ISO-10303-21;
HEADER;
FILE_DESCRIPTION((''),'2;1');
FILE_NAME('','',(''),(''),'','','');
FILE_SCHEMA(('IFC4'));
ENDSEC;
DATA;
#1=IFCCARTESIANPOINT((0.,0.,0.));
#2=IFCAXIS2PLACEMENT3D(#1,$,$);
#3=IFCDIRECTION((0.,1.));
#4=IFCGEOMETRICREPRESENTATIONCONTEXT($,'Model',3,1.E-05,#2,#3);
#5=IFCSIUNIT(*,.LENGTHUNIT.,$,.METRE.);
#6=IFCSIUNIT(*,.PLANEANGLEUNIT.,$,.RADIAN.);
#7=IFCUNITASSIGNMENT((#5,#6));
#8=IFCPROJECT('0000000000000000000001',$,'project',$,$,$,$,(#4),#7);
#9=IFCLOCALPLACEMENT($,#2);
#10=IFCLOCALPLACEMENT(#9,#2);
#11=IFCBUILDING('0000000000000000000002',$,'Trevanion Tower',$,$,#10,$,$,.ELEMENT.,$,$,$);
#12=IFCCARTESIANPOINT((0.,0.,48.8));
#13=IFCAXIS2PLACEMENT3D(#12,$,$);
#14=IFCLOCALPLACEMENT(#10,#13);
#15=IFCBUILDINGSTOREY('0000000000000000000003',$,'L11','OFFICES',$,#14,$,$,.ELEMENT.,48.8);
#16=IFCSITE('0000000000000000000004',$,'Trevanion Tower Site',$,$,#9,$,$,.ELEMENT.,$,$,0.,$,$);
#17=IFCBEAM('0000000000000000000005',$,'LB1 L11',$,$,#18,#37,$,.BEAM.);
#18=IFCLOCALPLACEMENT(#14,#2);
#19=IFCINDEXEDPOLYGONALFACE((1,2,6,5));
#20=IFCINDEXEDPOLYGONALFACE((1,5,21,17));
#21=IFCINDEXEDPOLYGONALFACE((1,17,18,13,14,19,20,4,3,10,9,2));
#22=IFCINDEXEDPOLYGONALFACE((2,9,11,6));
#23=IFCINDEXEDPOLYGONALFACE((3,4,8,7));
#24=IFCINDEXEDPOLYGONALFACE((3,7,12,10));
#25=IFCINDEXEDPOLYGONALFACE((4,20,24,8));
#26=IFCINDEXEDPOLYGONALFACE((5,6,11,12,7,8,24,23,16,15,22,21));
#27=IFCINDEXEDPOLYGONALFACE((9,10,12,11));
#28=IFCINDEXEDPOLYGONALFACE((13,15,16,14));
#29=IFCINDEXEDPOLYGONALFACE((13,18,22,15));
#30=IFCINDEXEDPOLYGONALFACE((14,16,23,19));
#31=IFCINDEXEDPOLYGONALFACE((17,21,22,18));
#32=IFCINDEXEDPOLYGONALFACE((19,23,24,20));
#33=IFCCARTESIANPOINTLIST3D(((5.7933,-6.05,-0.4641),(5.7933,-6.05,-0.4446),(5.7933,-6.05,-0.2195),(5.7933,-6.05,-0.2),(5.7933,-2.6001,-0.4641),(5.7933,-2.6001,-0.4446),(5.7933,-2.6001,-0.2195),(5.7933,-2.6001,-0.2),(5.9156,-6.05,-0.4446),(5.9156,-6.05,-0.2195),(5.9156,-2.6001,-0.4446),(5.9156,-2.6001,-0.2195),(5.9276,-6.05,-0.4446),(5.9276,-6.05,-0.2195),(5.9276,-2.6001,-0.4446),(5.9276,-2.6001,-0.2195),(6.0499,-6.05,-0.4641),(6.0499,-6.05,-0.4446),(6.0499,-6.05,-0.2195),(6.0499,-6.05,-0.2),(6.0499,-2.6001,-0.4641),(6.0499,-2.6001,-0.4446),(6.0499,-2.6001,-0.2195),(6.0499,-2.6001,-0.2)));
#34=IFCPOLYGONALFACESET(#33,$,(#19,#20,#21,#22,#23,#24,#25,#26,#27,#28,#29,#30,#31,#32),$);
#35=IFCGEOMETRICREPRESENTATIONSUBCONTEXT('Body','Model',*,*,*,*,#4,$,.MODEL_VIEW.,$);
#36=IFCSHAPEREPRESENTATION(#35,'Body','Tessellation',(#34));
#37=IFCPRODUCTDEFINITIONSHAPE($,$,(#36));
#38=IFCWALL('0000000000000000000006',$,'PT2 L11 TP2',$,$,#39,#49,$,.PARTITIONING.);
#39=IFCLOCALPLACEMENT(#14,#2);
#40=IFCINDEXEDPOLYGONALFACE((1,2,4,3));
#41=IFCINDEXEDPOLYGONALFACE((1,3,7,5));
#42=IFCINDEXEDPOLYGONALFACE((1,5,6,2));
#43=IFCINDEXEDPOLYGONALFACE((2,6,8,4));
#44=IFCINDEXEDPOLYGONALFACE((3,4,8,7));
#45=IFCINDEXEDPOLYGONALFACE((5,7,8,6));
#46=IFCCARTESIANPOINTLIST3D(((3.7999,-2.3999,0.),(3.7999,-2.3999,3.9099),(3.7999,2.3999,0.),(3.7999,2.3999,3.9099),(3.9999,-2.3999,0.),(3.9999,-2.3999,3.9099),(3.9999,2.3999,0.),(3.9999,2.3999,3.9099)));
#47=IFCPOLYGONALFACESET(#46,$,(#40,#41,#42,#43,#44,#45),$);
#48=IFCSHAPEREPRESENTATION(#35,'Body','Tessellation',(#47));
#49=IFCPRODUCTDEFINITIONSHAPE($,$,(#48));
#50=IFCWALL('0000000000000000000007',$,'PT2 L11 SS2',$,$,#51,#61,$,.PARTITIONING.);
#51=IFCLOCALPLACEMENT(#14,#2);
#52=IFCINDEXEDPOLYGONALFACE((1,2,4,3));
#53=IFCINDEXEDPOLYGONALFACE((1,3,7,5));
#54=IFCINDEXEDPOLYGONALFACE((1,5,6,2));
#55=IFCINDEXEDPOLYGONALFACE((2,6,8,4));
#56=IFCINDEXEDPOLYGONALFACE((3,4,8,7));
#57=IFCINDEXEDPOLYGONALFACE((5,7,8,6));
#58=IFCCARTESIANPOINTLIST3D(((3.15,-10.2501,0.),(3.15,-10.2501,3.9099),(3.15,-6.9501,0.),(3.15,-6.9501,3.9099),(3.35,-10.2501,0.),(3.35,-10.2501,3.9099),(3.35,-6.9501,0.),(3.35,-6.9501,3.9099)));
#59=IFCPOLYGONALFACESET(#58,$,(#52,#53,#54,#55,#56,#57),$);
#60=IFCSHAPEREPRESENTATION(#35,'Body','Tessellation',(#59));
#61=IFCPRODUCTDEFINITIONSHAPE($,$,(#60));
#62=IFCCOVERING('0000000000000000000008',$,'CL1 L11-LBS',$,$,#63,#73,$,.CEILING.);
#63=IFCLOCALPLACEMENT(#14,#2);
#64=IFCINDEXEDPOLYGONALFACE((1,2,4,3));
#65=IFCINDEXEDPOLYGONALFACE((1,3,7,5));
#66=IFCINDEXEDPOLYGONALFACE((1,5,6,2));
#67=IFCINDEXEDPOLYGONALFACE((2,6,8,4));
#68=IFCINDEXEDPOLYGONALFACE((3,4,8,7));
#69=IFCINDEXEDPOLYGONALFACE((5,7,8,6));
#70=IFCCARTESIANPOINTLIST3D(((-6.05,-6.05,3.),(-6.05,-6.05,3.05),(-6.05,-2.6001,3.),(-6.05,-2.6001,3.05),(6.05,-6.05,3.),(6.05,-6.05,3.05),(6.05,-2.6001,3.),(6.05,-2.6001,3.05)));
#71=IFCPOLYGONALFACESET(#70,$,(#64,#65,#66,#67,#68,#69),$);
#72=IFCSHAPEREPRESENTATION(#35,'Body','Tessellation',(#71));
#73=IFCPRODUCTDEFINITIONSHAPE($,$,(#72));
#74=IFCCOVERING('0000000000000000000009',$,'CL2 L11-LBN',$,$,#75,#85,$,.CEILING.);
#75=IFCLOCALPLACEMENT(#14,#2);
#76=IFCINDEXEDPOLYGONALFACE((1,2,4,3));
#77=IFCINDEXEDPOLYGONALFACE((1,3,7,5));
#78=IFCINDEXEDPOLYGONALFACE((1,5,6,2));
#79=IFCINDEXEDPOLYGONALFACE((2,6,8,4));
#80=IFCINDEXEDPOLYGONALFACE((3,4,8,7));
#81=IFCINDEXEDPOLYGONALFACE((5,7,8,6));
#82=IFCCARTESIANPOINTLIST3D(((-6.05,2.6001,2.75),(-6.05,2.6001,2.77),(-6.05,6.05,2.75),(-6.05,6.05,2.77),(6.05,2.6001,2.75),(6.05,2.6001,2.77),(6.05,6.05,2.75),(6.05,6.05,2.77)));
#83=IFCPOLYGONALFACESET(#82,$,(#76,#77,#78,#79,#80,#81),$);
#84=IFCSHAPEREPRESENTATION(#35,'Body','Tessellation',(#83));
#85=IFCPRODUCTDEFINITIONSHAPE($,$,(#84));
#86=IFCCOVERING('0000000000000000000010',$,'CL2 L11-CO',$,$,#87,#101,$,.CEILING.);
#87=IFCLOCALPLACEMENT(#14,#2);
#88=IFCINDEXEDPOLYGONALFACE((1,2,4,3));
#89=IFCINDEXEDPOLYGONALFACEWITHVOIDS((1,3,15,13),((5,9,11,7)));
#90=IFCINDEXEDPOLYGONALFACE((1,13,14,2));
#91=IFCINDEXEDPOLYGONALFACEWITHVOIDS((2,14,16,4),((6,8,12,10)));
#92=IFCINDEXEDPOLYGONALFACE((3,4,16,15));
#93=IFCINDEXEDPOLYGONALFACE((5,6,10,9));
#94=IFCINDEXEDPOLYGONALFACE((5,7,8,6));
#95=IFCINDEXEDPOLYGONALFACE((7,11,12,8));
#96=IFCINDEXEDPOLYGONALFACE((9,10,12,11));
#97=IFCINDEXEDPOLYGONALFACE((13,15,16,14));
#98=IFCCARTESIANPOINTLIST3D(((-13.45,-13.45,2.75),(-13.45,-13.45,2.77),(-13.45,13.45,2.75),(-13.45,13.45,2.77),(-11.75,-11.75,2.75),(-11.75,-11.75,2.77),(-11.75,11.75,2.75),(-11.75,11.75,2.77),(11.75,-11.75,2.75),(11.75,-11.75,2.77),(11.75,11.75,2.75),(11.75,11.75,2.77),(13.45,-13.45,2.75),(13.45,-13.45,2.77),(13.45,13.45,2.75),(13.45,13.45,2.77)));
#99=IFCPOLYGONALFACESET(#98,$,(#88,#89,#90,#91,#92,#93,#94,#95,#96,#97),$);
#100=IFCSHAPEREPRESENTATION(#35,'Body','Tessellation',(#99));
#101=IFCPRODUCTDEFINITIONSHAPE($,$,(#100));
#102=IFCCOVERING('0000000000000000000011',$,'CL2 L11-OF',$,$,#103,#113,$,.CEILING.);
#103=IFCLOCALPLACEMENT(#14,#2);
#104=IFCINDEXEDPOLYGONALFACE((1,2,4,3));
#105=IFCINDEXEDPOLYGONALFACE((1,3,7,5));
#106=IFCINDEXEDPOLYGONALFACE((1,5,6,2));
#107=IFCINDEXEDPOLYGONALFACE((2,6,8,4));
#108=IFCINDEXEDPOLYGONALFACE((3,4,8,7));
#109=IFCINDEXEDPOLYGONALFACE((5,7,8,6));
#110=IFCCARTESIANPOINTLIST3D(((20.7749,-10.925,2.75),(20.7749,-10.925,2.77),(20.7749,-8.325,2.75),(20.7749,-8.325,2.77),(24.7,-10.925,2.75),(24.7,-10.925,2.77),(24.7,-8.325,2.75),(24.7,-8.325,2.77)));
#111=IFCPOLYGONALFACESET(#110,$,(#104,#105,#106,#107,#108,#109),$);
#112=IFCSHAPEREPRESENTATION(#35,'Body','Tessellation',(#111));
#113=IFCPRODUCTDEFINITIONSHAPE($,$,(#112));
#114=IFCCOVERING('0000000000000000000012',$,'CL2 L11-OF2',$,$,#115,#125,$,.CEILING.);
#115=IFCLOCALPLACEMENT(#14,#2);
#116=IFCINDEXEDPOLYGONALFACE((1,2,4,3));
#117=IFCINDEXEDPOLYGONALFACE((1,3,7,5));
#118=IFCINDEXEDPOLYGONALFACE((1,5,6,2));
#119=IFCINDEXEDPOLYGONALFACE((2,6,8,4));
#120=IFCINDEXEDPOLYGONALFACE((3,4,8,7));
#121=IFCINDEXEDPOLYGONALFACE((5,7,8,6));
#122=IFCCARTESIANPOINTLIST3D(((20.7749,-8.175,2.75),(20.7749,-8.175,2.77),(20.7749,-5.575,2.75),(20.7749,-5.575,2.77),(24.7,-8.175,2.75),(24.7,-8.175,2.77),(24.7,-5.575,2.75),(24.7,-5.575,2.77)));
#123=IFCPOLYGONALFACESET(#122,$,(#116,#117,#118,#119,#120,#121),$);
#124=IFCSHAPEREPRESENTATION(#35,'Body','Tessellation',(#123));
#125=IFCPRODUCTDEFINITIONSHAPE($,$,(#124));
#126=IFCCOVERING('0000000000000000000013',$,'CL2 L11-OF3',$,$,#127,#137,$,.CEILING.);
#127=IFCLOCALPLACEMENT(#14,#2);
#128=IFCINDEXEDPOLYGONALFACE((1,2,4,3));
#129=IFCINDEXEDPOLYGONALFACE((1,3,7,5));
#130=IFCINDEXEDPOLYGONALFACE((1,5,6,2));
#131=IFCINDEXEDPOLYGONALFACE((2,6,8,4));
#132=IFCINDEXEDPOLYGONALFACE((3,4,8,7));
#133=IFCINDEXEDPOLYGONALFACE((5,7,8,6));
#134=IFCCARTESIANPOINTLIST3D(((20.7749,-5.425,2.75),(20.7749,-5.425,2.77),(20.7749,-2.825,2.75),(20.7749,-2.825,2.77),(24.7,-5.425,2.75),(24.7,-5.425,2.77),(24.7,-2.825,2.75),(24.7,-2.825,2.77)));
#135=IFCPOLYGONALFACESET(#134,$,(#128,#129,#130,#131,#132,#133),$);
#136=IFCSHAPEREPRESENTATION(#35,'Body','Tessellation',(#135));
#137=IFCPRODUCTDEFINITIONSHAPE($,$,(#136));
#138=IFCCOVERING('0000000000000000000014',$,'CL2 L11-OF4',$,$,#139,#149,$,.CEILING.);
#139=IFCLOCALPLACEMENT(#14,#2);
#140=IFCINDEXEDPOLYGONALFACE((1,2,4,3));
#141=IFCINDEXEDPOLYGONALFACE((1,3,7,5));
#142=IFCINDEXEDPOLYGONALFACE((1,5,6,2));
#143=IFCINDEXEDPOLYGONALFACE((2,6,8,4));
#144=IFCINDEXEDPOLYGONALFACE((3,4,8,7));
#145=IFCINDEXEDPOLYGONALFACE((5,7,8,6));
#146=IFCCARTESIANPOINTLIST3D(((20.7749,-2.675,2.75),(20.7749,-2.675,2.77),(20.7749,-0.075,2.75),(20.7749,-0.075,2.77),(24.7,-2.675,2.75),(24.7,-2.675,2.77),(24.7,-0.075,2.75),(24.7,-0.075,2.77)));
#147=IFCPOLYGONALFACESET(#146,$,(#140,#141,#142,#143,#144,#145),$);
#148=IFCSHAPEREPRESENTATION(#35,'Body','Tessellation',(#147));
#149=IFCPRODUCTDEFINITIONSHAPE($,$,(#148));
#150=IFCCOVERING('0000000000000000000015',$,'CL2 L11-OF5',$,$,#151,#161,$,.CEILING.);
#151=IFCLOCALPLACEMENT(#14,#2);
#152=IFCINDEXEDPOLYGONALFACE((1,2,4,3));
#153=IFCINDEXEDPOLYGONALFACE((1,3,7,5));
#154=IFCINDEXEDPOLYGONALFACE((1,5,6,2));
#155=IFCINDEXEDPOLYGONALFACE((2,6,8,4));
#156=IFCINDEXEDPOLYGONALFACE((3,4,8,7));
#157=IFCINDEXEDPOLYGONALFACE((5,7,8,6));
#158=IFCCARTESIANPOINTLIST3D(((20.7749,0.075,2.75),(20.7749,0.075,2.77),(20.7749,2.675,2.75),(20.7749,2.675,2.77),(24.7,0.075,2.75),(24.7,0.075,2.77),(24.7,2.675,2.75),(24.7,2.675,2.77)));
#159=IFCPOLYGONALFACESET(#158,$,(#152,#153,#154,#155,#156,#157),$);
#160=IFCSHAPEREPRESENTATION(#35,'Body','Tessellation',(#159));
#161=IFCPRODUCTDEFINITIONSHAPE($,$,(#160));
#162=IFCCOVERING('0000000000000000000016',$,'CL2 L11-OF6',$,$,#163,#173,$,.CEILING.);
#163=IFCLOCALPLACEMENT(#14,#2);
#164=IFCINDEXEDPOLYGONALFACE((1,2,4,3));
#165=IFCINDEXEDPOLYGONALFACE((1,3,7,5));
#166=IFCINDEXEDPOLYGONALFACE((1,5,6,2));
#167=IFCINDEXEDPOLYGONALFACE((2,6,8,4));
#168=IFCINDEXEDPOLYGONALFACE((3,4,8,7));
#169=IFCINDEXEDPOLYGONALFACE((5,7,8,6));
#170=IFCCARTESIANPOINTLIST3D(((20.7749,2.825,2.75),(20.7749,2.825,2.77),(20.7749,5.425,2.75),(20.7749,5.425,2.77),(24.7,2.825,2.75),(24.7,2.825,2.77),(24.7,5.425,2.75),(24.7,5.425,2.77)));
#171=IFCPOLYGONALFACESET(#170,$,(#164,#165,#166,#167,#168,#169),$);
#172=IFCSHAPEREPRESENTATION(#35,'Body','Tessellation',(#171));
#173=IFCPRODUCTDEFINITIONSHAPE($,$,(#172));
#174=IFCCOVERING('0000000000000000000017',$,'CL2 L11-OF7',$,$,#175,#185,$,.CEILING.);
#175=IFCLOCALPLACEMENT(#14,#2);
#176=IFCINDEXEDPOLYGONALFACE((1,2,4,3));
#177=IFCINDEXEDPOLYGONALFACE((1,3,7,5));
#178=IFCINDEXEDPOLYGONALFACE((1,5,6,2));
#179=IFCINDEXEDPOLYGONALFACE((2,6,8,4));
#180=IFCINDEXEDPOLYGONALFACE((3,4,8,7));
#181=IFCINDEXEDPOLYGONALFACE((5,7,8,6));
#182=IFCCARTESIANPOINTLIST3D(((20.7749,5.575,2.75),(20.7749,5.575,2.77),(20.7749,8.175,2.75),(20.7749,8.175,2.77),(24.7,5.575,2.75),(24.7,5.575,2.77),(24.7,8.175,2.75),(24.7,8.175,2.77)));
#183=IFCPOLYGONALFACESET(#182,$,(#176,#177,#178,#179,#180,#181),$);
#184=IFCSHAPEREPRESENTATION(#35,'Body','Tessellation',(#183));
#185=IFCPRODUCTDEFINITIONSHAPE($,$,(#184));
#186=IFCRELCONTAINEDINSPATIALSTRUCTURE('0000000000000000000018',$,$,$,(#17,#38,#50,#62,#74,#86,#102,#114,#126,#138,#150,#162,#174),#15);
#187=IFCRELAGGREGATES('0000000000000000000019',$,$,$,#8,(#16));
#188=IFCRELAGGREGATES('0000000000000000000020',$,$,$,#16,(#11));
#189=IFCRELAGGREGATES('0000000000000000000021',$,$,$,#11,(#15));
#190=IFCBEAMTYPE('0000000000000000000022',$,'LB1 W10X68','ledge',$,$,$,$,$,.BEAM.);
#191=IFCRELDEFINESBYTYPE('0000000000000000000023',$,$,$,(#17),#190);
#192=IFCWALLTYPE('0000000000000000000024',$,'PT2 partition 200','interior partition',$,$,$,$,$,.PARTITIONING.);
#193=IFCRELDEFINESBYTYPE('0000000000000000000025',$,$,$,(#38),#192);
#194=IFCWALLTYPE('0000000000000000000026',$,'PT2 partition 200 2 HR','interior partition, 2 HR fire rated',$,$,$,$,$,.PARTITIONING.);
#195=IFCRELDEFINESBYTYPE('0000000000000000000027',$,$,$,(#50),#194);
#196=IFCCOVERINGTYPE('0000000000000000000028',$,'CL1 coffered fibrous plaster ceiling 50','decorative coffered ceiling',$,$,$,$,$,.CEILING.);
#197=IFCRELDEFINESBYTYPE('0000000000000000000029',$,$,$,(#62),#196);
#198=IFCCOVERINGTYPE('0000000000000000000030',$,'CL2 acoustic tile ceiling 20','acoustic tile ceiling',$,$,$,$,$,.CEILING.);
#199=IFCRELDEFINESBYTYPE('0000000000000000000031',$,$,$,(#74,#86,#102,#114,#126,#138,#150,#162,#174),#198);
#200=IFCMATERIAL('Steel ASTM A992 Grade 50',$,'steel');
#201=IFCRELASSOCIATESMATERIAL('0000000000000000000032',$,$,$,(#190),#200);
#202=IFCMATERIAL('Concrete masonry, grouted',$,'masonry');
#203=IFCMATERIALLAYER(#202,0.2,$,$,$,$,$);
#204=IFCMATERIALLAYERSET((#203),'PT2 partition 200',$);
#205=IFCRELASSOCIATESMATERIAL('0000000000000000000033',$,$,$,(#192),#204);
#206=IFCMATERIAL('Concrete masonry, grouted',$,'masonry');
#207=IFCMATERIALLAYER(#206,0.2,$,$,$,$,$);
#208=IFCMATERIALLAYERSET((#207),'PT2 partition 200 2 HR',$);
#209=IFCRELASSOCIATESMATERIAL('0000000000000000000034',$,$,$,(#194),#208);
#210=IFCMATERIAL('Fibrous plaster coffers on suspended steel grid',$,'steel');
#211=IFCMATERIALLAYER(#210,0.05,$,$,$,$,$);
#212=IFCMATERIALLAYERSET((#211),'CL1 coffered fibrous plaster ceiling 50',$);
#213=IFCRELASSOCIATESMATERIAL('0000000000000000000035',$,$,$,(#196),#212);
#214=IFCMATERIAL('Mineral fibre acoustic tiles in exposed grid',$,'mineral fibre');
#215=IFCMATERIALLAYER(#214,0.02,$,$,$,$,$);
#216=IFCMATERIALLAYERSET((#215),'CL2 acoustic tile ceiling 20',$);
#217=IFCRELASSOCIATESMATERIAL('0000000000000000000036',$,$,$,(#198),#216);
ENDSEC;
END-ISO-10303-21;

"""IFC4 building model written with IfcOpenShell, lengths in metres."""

from ifc_helpers import new_model, si_unit, direction, frame, frame_2d, origin, origin_2d, place, context, subcontext, project, spatial, polyline, rectangle, i_section, outline, extrude, material, layer, layer_set, material_profile, profile_set, type_object, element, save


model = new_model("IFC4")

# Units and contexts
model_context = context("Model", 3, precision=1e-05, world=origin(), true_north=direction((0.0, 1.0)))
body_context = subcontext(model_context, "Body", "Model", "MODEL_VIEW")
ifc_project = project(units=[si_unit("LENGTHUNIT", "METRE"), si_unit("PLANEANGLEUNIT", "RADIAN")], contexts=[model_context])

# Site, building, storey
site_placement = place(None, origin())
site = spatial("IfcSite", under=ifc_project, at=site_placement, Name="Trevanion Tower Site", CompositionType="ELEMENT", RefElevation=0.0)
building_placement = place(site_placement, origin())
building = spatial("IfcBuilding", under=site, at=building_placement, Name="Trevanion Tower", CompositionType="ELEMENT")
storey_placement = place(building_placement, frame((0.0, 0.0, 48.8)))
storey = spatial("IfcBuildingStorey", under=building, at=storey_placement, Name="L11", Description="OFFICES", CompositionType="ELEMENT", Elevation=48.8)

# Beam
ifc_material_1 = material(Name="Steel ASTM A992 Grade 50", Category="steel")
ifc_material_profile = material_profile(ifc_material_1, i_section(OverallWidth=0.2566, OverallDepth=0.2642, WebThickness=0.012, FlangeThickness=0.0195, at=origin_2d()), Name="W10X68")
ifc_profile_set = profile_set([ifc_material_profile], Name="Steel ASTM A992 Grade 50")
beam_type = type_object("IfcBeamType", Name="LB1 W10X68", Description="ledge", PredefinedType="BEAM", material=ifc_profile_set)
beam_placement = place(storey_placement, frame((5.9216, -6.05, -0.332), z_axis=(0.0, 1.0, 0.0), x_axis=(-1.0, 0.0, 0.0)))
element("IfcBeam", 1, at=beam_placement, inside=storey, type_object=beam_type, Name="LB1 L11", PredefinedType="BEAM", context=body_context, shape_type="SweptSolid", body=[
    extrude(i_section(OverallWidth=0.2566, OverallDepth=0.2642, WebThickness=0.012, FlangeThickness=0.0195, at=origin_2d()), origin(), (0.0, 0.0, 1.0), 3.45),
])

# Walls
ifc_material_2 = material(Name="Concrete masonry, grouted", Category="masonry")
ifc_layer_1 = layer(ifc_material_2, 0.2)
ifc_layer_set_1 = layer_set([ifc_layer_1], Name="PT2 partition 200")
wall_type_1 = type_object("IfcWallType", Name="PT2 partition 200", Description="interior partition", PredefinedType="PARTITIONING", material=ifc_layer_set_1)
wall_1_placement = place(storey_placement, frame((3.8999, -2.3999, 0.0), z_axis=(0.0, 0.0, 1.0), x_axis=(0.0, 1.0, 0.0)))
element("IfcWall", 2, at=wall_1_placement, inside=storey, type_object=wall_type_1, Name="PT2 L11 TP2", PredefinedType="PARTITIONING", context=body_context, shape_type="SweptSolid", body=[
    extrude(rectangle(XDim=4.7998, YDim=0.2, at=frame_2d((2.3999, 0.0))), origin(), (0.0, 0.0, 1.0), 3.9099),
])
ifc_material_3 = material(Name="Concrete masonry, grouted", Category="masonry")
ifc_layer_2 = layer(ifc_material_3, 0.2)
ifc_layer_set_2 = layer_set([ifc_layer_2], Name="PT2 partition 200 2 HR")
wall_type_2 = type_object("IfcWallType", Name="PT2 partition 200 2 HR", Description="interior partition, 2 HR fire rated", PredefinedType="PARTITIONING", material=ifc_layer_set_2)
wall_2_placement = place(storey_placement, frame((3.25, -10.25, 0.0), z_axis=(0.0, 0.0, 1.0), x_axis=(0.0, 1.0, 0.0)))
element("IfcWall", 3, at=wall_2_placement, inside=storey, type_object=wall_type_2, Name="PT2 L11 SS2", PredefinedType="PARTITIONING", context=body_context, shape_type="SweptSolid", body=[
    extrude(rectangle(XDim=3.3, YDim=0.2, at=frame_2d((1.6499, 0.0))), origin(), (0.0, 0.0, 1.0), 3.9099),
])

# Coverings
ifc_material_4 = material(Name="Fibrous plaster coffers on suspended steel grid", Category="steel")
ifc_layer_3 = layer(ifc_material_4, 0.05)
ifc_layer_set_3 = layer_set([ifc_layer_3], Name="CL1 coffered fibrous plaster ceiling 50")
covering_type_1 = type_object("IfcCoveringType", Name="CL1 coffered fibrous plaster ceiling 50", Description="decorative coffered ceiling", PredefinedType="CEILING", material=ifc_layer_set_3)
covering_1_placement = place(storey_placement, frame((0.0, 0.0, 3.0)))
element("IfcCovering", 4, at=covering_1_placement, inside=storey, type_object=covering_type_1, Name="CL1 L11-LBS", PredefinedType="CEILING", context=body_context, shape_type="SweptSolid", body=[
    extrude(outline(polyline([(6.05, -6.05), (6.05, -2.6001), (-6.05, -2.6001), (-6.05, -6.05), (6.05, -6.05)])), origin(), (0.0, 0.0, 1.0), 0.05),
])
ifc_material_5 = material(Name="Mineral fibre acoustic tiles in exposed grid", Category="mineral fibre")
ifc_layer_4 = layer(ifc_material_5, 0.02)
ifc_layer_set_4 = layer_set([ifc_layer_4], Name="CL2 acoustic tile ceiling 20")
covering_type_2 = type_object("IfcCoveringType", Name="CL2 acoustic tile ceiling 20", Description="acoustic tile ceiling", PredefinedType="CEILING", material=ifc_layer_set_4)
covering_2_placement = place(storey_placement, frame((0.0, 0.0, 2.75)))
element("IfcCovering", 5, at=covering_2_placement, inside=storey, type_object=covering_type_2, Name="CL2 L11-LBN", PredefinedType="CEILING", context=body_context, shape_type="SweptSolid", body=[
    extrude(outline(polyline([(6.05, 2.6001), (6.05, 6.05), (-6.05, 6.05), (-6.05, 2.6001), (6.05, 2.6001)])), origin(), (0.0, 0.0, 1.0), 0.02),
])
covering_3_placement = place(storey_placement, frame((0.0, 0.0, 2.75)))
element("IfcCovering", 6, at=covering_3_placement, inside=storey, type_object=covering_type_2, Name="CL2 L11-CO", PredefinedType="CEILING", context=body_context, shape_type="SweptSolid", body=[
    extrude(outline(polyline([(-13.45, 13.45), (13.45, 13.45), (13.45, -13.45), (-13.45, -13.45), (-13.45, 13.45)]), holes=[polyline([(-11.75, 11.75), (-11.75, -11.75), (11.75, -11.75), (11.75, 11.75), (-11.75, 11.75)])]), origin(), (0.0, 0.0, 1.0), 0.02),
])
covering_4_placement = place(storey_placement, frame((0.0, 0.0, 2.75)))
element("IfcCovering", 7, at=covering_4_placement, inside=storey, type_object=covering_type_2, Name="CL2 L11-OF", PredefinedType="CEILING", context=body_context, shape_type="SweptSolid", body=[
    extrude(outline(polyline([(20.7749, -10.925), (20.7749, -8.325), (24.7, -8.325), (24.7, -10.925), (20.7749, -10.925)])), origin(), (0.0, 0.0, 1.0), 0.02),
])
covering_5_placement = place(storey_placement, frame((0.0, 0.0, 2.75)))
element("IfcCovering", 8, at=covering_5_placement, inside=storey, type_object=covering_type_2, Name="CL2 L11-OF2", PredefinedType="CEILING", context=body_context, shape_type="SweptSolid", body=[
    extrude(outline(polyline([(20.7749, -8.175), (20.7749, -5.575), (24.7, -5.575), (24.7, -8.175), (20.7749, -8.175)])), origin(), (0.0, 0.0, 1.0), 0.02),
])
covering_6_placement = place(storey_placement, frame((0.0, 0.0, 2.75)))
element("IfcCovering", 9, at=covering_6_placement, inside=storey, type_object=covering_type_2, Name="CL2 L11-OF3", PredefinedType="CEILING", context=body_context, shape_type="SweptSolid", body=[
    extrude(outline(polyline([(20.7749, -5.425), (20.7749, -2.825), (24.7, -2.825), (24.7, -5.425), (20.7749, -5.425)])), origin(), (0.0, 0.0, 1.0), 0.02),
])
covering_7_placement = place(storey_placement, frame((0.0, 0.0, 2.75)))
element("IfcCovering", 10, at=covering_7_placement, inside=storey, type_object=covering_type_2, Name="CL2 L11-OF4", PredefinedType="CEILING", context=body_context, shape_type="SweptSolid", body=[
    extrude(outline(polyline([(20.7749, -2.675), (20.7749, -0.075), (24.7, -0.075), (24.7, -2.675), (20.7749, -2.675)])), origin(), (0.0, 0.0, 1.0), 0.02),
])
covering_8_placement = place(storey_placement, frame((0.0, 0.0, 2.75)))
element("IfcCovering", 11, at=covering_8_placement, inside=storey, type_object=covering_type_2, Name="CL2 L11-OF5", PredefinedType="CEILING", context=body_context, shape_type="SweptSolid", body=[
    extrude(outline(polyline([(20.7749, 0.075), (20.7749, 2.675), (24.7, 2.675), (24.7, 0.075), (20.7749, 0.075)])), origin(), (0.0, 0.0, 1.0), 0.02),
])
covering_9_placement = place(storey_placement, frame((0.0, 0.0, 2.75)))
element("IfcCovering", 12, at=covering_9_placement, inside=storey, type_object=covering_type_2, Name="CL2 L11-OF6", PredefinedType="CEILING", context=body_context, shape_type="SweptSolid", body=[
    extrude(outline(polyline([(20.7749, 2.825), (20.7749, 5.425), (24.7, 5.425), (24.7, 2.825), (20.7749, 2.825)])), origin(), (0.0, 0.0, 1.0), 0.02),
])
covering_10_placement = place(storey_placement, frame((0.0, 0.0, 2.75)))
element("IfcCovering", 13, at=covering_10_placement, inside=storey, type_object=covering_type_2, Name="CL2 L11-OF7", PredefinedType="CEILING", context=body_context, shape_type="SweptSolid", body=[
    extrude(outline(polyline([(20.7749, 5.575), (20.7749, 8.175), (24.7, 8.175), (24.7, 5.575), (20.7749, 5.575)])), origin(), (0.0, 0.0, 1.0), 0.02),
])

save(model, "model.ifc")
